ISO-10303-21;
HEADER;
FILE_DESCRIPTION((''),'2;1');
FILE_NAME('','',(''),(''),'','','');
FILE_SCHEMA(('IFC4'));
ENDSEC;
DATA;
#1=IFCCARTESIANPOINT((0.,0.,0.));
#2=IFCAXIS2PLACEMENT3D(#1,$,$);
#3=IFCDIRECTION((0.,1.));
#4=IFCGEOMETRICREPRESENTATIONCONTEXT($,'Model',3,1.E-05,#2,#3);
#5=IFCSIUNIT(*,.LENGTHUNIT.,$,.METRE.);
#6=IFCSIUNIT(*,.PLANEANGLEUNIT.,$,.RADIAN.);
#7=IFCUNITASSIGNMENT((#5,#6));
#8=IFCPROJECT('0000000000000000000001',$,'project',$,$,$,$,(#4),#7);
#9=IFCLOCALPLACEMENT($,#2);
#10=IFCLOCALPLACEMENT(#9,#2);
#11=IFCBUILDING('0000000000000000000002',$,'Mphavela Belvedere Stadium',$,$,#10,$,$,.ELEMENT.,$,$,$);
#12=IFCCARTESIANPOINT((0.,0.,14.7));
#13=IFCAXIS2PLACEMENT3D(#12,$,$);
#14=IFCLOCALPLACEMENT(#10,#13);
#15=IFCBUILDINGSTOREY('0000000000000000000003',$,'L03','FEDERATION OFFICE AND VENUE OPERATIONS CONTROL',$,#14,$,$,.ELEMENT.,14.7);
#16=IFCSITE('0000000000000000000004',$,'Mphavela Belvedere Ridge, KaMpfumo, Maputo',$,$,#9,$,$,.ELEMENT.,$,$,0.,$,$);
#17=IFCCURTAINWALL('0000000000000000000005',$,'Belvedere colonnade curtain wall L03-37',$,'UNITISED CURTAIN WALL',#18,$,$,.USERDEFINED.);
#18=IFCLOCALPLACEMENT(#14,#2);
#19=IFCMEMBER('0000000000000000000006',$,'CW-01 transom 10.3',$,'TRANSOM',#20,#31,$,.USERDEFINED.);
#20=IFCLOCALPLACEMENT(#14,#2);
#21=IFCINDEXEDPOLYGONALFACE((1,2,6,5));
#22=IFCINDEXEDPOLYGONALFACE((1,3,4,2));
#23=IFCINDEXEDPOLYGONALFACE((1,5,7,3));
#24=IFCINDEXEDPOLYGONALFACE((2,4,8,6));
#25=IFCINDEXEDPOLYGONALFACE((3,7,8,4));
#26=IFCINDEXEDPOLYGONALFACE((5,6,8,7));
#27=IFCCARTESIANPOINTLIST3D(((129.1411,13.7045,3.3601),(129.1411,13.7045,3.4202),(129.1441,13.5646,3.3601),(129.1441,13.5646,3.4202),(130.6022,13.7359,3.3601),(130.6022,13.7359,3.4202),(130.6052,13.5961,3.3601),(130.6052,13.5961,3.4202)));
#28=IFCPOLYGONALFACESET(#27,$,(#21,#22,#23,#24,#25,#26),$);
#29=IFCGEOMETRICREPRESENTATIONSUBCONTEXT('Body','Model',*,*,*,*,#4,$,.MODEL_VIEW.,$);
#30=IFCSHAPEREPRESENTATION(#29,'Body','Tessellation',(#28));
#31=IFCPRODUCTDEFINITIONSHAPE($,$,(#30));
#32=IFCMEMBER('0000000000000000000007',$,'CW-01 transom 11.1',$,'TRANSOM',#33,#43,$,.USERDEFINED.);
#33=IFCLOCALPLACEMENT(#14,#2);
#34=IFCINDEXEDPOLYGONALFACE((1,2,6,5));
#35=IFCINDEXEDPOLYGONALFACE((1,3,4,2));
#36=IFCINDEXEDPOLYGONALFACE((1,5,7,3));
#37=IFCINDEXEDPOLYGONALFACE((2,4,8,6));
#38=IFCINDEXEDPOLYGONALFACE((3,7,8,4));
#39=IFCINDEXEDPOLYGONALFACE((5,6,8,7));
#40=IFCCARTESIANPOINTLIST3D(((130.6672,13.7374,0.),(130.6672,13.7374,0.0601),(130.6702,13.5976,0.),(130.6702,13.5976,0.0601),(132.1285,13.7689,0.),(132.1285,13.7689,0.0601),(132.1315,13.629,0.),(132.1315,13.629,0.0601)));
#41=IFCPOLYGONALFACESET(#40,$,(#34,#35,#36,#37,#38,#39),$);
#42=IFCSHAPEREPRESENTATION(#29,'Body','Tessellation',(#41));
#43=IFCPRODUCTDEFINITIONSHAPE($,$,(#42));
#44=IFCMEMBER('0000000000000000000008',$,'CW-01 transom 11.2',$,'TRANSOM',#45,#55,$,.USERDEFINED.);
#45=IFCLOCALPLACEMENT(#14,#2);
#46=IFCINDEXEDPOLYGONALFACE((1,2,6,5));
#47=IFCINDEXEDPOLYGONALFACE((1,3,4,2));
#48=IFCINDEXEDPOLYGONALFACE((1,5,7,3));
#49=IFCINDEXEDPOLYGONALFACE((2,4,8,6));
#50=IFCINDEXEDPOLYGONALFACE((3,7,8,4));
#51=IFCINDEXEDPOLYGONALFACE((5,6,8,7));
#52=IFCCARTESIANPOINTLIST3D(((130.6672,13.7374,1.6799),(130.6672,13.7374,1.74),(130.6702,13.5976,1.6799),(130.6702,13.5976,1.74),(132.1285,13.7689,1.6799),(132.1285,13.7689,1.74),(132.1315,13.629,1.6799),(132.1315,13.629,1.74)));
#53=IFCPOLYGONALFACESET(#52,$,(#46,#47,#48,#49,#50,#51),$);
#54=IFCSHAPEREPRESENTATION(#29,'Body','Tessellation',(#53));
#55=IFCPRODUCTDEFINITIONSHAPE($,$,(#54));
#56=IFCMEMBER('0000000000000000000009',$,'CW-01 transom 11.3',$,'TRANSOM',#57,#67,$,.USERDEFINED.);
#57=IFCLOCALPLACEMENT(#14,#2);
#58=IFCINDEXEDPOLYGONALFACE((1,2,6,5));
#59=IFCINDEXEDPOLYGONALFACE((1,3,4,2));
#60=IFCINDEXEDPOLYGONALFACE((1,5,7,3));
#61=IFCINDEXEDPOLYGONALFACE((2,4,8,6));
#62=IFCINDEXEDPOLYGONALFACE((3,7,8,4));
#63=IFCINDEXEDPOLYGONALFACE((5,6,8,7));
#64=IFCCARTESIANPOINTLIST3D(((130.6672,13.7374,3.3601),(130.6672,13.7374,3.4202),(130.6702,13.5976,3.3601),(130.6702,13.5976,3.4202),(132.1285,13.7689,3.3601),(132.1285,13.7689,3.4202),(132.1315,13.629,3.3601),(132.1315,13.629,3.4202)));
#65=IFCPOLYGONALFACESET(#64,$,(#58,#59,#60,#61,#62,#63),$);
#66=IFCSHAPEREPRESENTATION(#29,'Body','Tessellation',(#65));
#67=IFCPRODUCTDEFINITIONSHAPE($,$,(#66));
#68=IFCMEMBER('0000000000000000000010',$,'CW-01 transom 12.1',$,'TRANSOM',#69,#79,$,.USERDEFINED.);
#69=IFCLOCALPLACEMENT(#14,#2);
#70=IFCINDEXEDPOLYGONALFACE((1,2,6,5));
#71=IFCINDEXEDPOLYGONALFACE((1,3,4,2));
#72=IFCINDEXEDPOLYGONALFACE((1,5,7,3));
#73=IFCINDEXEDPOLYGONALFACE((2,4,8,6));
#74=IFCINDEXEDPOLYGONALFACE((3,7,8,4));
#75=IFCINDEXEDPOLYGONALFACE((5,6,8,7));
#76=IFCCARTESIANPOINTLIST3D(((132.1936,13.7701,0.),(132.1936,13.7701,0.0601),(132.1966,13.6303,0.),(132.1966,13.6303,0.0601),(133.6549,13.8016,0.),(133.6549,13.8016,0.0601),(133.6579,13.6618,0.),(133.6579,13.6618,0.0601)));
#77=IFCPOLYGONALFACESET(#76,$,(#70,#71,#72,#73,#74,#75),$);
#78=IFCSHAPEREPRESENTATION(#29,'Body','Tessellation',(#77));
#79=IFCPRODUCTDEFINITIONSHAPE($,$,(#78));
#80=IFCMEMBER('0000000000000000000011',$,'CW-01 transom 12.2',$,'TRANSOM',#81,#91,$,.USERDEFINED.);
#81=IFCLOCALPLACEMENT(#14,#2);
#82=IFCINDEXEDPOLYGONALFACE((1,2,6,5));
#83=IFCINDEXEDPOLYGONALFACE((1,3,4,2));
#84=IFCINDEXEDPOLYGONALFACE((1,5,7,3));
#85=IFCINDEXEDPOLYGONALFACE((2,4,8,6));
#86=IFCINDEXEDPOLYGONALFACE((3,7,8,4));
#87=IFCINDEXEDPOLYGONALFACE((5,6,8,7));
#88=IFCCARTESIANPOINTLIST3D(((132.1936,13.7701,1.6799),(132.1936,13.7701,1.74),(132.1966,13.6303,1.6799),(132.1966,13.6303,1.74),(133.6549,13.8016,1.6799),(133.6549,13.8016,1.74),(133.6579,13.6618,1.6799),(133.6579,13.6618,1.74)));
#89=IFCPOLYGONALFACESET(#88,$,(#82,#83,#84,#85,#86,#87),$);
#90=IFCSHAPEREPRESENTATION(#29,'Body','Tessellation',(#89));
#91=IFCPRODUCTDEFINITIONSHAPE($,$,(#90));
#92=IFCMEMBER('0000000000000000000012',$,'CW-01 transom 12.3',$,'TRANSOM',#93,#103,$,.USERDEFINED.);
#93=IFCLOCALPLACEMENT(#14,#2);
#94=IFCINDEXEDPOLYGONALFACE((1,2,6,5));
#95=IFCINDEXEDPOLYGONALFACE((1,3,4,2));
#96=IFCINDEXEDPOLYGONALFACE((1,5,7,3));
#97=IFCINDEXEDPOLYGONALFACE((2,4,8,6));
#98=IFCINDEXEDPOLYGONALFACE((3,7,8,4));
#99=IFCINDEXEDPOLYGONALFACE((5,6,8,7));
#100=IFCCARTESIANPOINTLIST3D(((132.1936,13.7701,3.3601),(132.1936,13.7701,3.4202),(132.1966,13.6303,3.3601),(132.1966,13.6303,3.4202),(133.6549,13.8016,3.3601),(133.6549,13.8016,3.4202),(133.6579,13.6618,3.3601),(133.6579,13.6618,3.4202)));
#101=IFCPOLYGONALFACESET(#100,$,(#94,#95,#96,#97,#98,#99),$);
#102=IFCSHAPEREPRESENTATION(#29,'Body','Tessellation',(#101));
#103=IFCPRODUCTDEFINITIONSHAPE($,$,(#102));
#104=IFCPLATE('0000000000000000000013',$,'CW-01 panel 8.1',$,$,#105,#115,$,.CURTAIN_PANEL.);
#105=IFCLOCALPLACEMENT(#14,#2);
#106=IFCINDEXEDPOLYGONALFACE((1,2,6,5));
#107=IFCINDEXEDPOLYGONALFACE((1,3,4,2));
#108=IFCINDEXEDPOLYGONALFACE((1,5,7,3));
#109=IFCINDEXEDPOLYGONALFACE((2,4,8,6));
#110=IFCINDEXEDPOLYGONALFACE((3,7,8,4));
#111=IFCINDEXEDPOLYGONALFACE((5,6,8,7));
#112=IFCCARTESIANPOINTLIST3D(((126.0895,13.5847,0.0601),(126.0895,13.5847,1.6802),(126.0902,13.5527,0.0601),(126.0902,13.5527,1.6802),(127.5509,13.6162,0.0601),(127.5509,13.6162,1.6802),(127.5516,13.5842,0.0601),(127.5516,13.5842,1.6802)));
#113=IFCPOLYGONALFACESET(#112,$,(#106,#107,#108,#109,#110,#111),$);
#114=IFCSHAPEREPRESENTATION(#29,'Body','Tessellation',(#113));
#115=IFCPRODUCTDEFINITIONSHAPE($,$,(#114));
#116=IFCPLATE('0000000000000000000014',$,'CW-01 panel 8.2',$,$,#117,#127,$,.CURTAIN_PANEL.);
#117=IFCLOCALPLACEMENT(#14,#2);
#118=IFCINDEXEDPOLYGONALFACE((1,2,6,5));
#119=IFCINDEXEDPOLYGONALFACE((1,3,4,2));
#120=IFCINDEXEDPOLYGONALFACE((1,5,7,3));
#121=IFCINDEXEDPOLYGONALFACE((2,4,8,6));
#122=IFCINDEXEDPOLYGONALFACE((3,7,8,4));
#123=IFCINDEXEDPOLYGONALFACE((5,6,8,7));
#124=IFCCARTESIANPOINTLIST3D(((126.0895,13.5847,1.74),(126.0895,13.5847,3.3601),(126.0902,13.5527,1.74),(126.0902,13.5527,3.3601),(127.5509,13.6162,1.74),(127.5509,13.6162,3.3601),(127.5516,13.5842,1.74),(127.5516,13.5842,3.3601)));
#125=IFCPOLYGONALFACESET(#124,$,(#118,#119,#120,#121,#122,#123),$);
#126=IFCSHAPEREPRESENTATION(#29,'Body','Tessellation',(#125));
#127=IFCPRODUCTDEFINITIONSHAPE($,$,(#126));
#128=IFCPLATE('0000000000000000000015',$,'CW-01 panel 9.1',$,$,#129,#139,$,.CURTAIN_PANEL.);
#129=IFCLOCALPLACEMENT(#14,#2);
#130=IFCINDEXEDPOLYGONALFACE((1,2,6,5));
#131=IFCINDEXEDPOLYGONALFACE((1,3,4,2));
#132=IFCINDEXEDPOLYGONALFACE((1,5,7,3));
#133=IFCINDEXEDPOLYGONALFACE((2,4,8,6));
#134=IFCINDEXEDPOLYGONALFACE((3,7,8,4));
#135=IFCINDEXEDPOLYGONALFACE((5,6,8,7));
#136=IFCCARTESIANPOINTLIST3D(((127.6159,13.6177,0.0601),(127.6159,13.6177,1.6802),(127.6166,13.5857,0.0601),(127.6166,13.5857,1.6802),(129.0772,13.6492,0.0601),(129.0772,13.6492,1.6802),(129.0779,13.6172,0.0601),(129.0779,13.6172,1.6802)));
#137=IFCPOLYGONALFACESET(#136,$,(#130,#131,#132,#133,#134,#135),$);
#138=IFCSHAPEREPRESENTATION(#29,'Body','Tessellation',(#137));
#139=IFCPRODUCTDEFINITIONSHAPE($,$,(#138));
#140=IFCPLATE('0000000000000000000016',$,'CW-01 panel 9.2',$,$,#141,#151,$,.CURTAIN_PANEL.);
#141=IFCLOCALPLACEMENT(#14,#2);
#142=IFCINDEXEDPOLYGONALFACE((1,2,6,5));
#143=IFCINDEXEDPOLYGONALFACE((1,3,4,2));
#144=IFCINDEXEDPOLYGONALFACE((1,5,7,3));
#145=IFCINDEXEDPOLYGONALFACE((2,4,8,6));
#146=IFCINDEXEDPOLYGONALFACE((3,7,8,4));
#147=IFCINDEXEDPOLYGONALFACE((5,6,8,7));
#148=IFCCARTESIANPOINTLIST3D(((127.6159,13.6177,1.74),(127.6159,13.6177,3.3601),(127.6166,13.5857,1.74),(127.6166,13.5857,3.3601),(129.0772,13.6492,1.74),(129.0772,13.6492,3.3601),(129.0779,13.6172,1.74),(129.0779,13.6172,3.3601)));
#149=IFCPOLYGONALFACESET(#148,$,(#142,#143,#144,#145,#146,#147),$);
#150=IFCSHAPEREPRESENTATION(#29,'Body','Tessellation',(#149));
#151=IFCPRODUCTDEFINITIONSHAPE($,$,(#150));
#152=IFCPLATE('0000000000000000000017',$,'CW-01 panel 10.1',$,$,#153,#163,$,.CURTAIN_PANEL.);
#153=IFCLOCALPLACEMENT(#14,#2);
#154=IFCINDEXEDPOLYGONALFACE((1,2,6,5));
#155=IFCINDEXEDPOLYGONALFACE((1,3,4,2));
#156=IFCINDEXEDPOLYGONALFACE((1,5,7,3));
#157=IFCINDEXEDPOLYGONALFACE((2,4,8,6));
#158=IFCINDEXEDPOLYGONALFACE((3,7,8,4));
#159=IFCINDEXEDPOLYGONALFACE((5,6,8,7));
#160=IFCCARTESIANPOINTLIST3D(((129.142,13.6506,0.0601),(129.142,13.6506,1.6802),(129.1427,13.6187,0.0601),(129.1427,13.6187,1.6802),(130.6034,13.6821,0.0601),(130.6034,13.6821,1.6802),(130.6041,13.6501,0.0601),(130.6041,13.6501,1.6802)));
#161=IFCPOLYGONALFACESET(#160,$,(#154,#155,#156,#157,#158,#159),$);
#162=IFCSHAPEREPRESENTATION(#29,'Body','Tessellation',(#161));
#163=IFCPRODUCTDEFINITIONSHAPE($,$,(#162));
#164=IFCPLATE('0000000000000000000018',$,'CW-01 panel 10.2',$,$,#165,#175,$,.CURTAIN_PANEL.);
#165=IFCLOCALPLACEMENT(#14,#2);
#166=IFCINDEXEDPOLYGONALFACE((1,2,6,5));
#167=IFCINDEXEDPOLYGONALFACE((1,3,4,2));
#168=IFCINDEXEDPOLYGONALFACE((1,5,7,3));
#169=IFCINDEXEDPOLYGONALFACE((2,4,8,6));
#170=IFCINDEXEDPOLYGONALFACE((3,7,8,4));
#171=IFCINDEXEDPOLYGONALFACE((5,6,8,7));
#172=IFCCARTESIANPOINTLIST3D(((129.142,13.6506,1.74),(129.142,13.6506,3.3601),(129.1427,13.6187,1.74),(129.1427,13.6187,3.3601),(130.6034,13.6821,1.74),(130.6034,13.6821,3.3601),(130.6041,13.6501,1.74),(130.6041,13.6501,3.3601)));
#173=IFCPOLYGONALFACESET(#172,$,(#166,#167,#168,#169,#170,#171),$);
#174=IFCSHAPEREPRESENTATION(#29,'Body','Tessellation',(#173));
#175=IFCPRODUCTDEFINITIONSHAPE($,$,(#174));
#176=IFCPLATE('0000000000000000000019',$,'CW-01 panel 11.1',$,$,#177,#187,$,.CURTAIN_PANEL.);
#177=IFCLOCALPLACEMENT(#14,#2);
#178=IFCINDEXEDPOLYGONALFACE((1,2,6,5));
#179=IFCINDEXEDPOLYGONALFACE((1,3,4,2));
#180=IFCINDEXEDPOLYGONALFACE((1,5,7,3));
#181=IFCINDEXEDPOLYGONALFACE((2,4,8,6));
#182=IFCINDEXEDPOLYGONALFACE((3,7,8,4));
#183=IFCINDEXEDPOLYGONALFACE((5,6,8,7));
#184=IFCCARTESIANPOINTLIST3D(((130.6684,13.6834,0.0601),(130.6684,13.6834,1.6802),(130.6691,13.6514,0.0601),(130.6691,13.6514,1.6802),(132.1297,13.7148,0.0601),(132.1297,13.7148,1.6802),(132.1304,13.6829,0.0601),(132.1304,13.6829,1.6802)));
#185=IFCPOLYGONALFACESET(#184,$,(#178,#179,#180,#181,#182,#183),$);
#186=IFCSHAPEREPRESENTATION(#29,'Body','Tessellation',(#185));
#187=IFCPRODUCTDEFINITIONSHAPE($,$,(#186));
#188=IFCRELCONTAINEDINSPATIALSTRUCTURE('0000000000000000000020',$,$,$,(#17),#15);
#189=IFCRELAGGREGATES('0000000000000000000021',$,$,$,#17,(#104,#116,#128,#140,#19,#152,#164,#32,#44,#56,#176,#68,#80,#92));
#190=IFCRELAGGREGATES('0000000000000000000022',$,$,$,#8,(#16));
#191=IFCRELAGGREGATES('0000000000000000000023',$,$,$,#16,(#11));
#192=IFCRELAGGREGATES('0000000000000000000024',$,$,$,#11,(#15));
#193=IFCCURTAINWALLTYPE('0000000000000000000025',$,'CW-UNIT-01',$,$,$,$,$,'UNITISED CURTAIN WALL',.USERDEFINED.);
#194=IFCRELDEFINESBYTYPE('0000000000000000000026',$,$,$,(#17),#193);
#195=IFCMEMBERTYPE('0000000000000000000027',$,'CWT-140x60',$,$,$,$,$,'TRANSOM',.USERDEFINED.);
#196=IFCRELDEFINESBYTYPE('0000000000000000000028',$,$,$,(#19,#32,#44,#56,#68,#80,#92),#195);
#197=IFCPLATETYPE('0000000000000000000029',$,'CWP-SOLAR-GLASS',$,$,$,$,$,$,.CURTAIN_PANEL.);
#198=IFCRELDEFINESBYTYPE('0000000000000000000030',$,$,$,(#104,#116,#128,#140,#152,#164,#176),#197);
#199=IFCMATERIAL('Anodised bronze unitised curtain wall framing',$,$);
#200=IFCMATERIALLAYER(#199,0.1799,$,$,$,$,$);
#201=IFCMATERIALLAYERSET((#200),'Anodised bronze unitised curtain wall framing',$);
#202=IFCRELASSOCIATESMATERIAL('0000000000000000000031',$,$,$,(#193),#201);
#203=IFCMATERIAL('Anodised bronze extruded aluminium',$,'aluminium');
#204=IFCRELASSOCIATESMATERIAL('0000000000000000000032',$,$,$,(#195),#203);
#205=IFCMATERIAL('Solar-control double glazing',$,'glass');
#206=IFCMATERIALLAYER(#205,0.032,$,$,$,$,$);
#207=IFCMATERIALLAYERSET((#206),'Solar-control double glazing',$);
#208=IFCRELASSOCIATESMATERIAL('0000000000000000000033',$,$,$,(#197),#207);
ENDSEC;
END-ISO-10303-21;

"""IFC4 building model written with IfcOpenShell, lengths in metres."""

from ifc_helpers import new_model, si_unit, direction, frame, origin, origin_2d, place, context, subcontext, project, spatial, rectangle, extrude, material, layer, layer_set, material_profile, profile_set, type_object, element, aggregate, save


model = new_model("IFC4")

# Units and contexts
model_context = context("Model", 3, precision=1e-05, world=origin(), true_north=direction((0.0, 1.0)))
body_context = subcontext(model_context, "Body", "Model", "MODEL_VIEW")
ifc_project = project(units=[si_unit("LENGTHUNIT", "METRE"), si_unit("PLANEANGLEUNIT", "RADIAN")], contexts=[model_context])

# Site, building, storey
site_placement = place(None, origin())
site = spatial("IfcSite", under=ifc_project, at=site_placement, Name="Mphavela Belvedere Ridge, KaMpfumo, Maputo", CompositionType="ELEMENT", RefElevation=0.0)
building_placement = place(site_placement, origin())
building = spatial("IfcBuilding", under=site, at=building_placement, Name="Mphavela Belvedere Stadium", CompositionType="ELEMENT")
storey_placement = place(building_placement, frame((0.0, 0.0, 14.7)))
storey = spatial("IfcBuildingStorey", under=building, at=storey_placement, Name="L03", Description="FEDERATION OFFICE AND VENUE OPERATIONS CONTROL", CompositionType="ELEMENT", Elevation=14.7)

# Curtain wall, members, plates
ifc_material_1 = material(Name="Anodised bronze unitised curtain wall framing")
ifc_layer_1 = layer(ifc_material_1, 0.1799)
ifc_layer_set_1 = layer_set([ifc_layer_1], Name="Anodised bronze unitised curtain wall framing")
curtain_wall_type = type_object("IfcCurtainWallType", Name="CW-UNIT-01", ElementType="UNITISED CURTAIN WALL", PredefinedType="USERDEFINED", material=ifc_layer_set_1)
curtain_wall_placement = place(storey_placement, origin())
curtain_wall = element("IfcCurtainWall", 1, at=curtain_wall_placement, inside=storey, type_object=curtain_wall_type, Name="Belvedere colonnade curtain wall L03-37", ObjectType="UNITISED CURTAIN WALL", PredefinedType="USERDEFINED")
ifc_material_2 = material(Name="Anodised bronze extruded aluminium", Category="aluminium")
ifc_material_profile_1 = material_profile(ifc_material_2, rectangle(XDim=0.1399, YDim=0.0601, at=origin_2d()), Name="CW-TRN 140x60")
ifc_profile_set_1 = profile_set([ifc_material_profile_1], Name="Anodised bronze extruded aluminium")
member_type_1 = type_object("IfcMemberType", Name="CWT-140x60", ElementType="TRANSOM", PredefinedType="USERDEFINED", material=ifc_profile_set_1)
member_1_placement = place(storey_placement, frame((129.1426, 13.6345, 3.3901), z_axis=(0.999768, 0.021549, 0.0), x_axis=(-0.021549, 0.999768, 0.0)))
member_1 = element("IfcMember", 2, at=member_1_placement, type_object=member_type_1, Name="CW-01 transom 10.3", ObjectType="TRANSOM", PredefinedType="USERDEFINED", context=body_context, shape_type="SweptSolid", body=[
    extrude(rectangle(XDim=0.1399, YDim=0.0601, at=origin_2d()), origin(), (0.0, 0.0, 1.0), 1.4614),
])
member_2_placement = place(storey_placement, frame((130.6687, 13.6675, 0.03), z_axis=(0.999768, 0.021545, 0.0), x_axis=(-0.021545, 0.999768, 0.0)))
member_2 = element("IfcMember", 3, at=member_2_placement, type_object=member_type_1, Name="CW-01 transom 11.1", ObjectType="TRANSOM", PredefinedType="USERDEFINED", context=body_context, shape_type="SweptSolid", body=[
    extrude(rectangle(XDim=0.1399, YDim=0.0601, at=origin_2d()), origin(), (0.0, 0.0, 1.0), 1.4617),
])
member_3_placement = place(storey_placement, frame((130.6687, 13.6675, 1.71), z_axis=(0.999768, 0.021545, 0.0), x_axis=(-0.021545, 0.999768, 0.0)))
member_3 = element("IfcMember", 4, at=member_3_placement, type_object=member_type_1, Name="CW-01 transom 11.2", ObjectType="TRANSOM", PredefinedType="USERDEFINED", context=body_context, shape_type="SweptSolid", body=[
    extrude(rectangle(XDim=0.1399, YDim=0.0601, at=origin_2d()), origin(), (0.0, 0.0, 1.0), 1.4617),
])
member_4_placement = place(storey_placement, frame((130.6687, 13.6675, 3.3901), z_axis=(0.999768, 0.021545, 0.0), x_axis=(-0.021545, 0.999768, 0.0)))
member_4 = element("IfcMember", 5, at=member_4_placement, type_object=member_type_1, Name="CW-01 transom 11.3", ObjectType="TRANSOM", PredefinedType="USERDEFINED", context=body_context, shape_type="SweptSolid", body=[
    extrude(rectangle(XDim=0.1399, YDim=0.0601, at=origin_2d()), origin(), (0.0, 0.0, 1.0), 1.4617),
])
member_5_placement = place(storey_placement, frame((132.1951, 13.7002, 0.03), z_axis=(0.999768, 0.021545, 0.0), x_axis=(-0.021545, 0.999768, 0.0)))
member_5 = element("IfcMember", 6, at=member_5_placement, type_object=member_type_1, Name="CW-01 transom 12.1", ObjectType="TRANSOM", PredefinedType="USERDEFINED", context=body_context, shape_type="SweptSolid", body=[
    extrude(rectangle(XDim=0.1399, YDim=0.0601, at=origin_2d()), origin(), (0.0, 0.0, 1.0), 1.4617),
])
member_6_placement = place(storey_placement, frame((132.1951, 13.7002, 1.71), z_axis=(0.999768, 0.021545, 0.0), x_axis=(-0.021545, 0.999768, 0.0)))
member_6 = element("IfcMember", 7, at=member_6_placement, type_object=member_type_1, Name="CW-01 transom 12.2", ObjectType="TRANSOM", PredefinedType="USERDEFINED", context=body_context, shape_type="SweptSolid", body=[
    extrude(rectangle(XDim=0.1399, YDim=0.0601, at=origin_2d()), origin(), (0.0, 0.0, 1.0), 1.4617),
])
member_7_placement = place(storey_placement, frame((132.1951, 13.7002, 3.3901), z_axis=(0.999768, 0.021545, 0.0), x_axis=(-0.021545, 0.999768, 0.0)))
member_7 = element("IfcMember", 8, at=member_7_placement, type_object=member_type_1, Name="CW-01 transom 12.3", ObjectType="TRANSOM", PredefinedType="USERDEFINED", context=body_context, shape_type="SweptSolid", body=[
    extrude(rectangle(XDim=0.1399, YDim=0.0601, at=origin_2d()), origin(), (0.0, 0.0, 1.0), 1.4617),
])
ifc_material_3 = material(Name="Solar-control double glazing", Category="glass")
ifc_layer_2 = layer(ifc_material_3, 0.032)
ifc_layer_set_2 = layer_set([ifc_layer_2], Name="Solar-control double glazing")
plate_type = type_object("IfcPlateType", Name="CWP-SOLAR-GLASS", PredefinedType="CURTAIN_PANEL", material=ifc_layer_set_2)
plate_1_placement = place(storey_placement, frame((126.8206, 13.5845, 0.0601), z_axis=(0.0, 0.0, 1.0), x_axis=(0.999768, 0.021531, 0.0)))
plate_1 = element("IfcPlate", 9, at=plate_1_placement, type_object=plate_type, Name="CW-01 panel 8.1", PredefinedType="CURTAIN_PANEL", context=body_context, shape_type="SweptSolid", body=[
    extrude(rectangle(XDim=1.4617, YDim=0.032, at=origin_2d()), origin(), (0.0, 0.0, 1.0), 1.6201),
])
plate_2_placement = place(storey_placement, frame((126.8206, 13.5845, 1.74), z_axis=(0.0, 0.0, 1.0), x_axis=(0.999768, 0.021531, 0.0)))
plate_2 = element("IfcPlate", 10, at=plate_2_placement, type_object=plate_type, Name="CW-01 panel 8.2", PredefinedType="CURTAIN_PANEL", context=body_context, shape_type="SweptSolid", body=[
    extrude(rectangle(XDim=1.4617, YDim=0.032, at=origin_2d()), origin(), (0.0, 0.0, 1.0), 1.6201),
])
plate_3_placement = place(storey_placement, frame((128.3469, 13.6174, 0.0601), z_axis=(0.0, 0.0, 1.0), x_axis=(0.999768, 0.021531, 0.0)))
plate_3 = element("IfcPlate", 11, at=plate_3_placement, type_object=plate_type, Name="CW-01 panel 9.1", PredefinedType="CURTAIN_PANEL", context=body_context, shape_type="SweptSolid", body=[
    extrude(rectangle(XDim=1.4617, YDim=0.032, at=origin_2d()), origin(), (0.0, 0.0, 1.0), 1.6201),
])
plate_4_placement = place(storey_placement, frame((128.3469, 13.6174, 1.74), z_axis=(0.0, 0.0, 1.0), x_axis=(0.999768, 0.021531, 0.0)))
plate_4 = element("IfcPlate", 12, at=plate_4_placement, type_object=plate_type, Name="CW-01 panel 9.2", PredefinedType="CURTAIN_PANEL", context=body_context, shape_type="SweptSolid", body=[
    extrude(rectangle(XDim=1.4617, YDim=0.032, at=origin_2d()), origin(), (0.0, 0.0, 1.0), 1.6201),
])
plate_5_placement = place(storey_placement, frame((129.873, 13.6504, 0.0601), z_axis=(0.0, 0.0, 1.0), x_axis=(0.999768, 0.021531, 0.0)))
plate_5 = element("IfcPlate", 13, at=plate_5_placement, type_object=plate_type, Name="CW-01 panel 10.1", PredefinedType="CURTAIN_PANEL", context=body_context, shape_type="SweptSolid", body=[
    extrude(rectangle(XDim=1.4617, YDim=0.032, at=origin_2d()), origin(), (0.0, 0.0, 1.0), 1.6201),
])
plate_6_placement = place(storey_placement, frame((129.873, 13.6504, 1.74), z_axis=(0.0, 0.0, 1.0), x_axis=(0.999768, 0.021531, 0.0)))
plate_6 = element("IfcPlate", 14, at=plate_6_placement, type_object=plate_type, Name="CW-01 panel 10.2", PredefinedType="CURTAIN_PANEL", context=body_context, shape_type="SweptSolid", body=[
    extrude(rectangle(XDim=1.4617, YDim=0.032, at=origin_2d()), origin(), (0.0, 0.0, 1.0), 1.6201),
])
plate_7_placement = place(storey_placement, frame((131.3994, 13.6831, 0.0601), z_axis=(0.0, 0.0, 1.0), x_axis=(0.999768, 0.021531, 0.0)))
plate_7 = element("IfcPlate", 15, at=plate_7_placement, type_object=plate_type, Name="CW-01 panel 11.1", PredefinedType="CURTAIN_PANEL", context=body_context, shape_type="SweptSolid", body=[
    extrude(rectangle(XDim=1.4617, YDim=0.032, at=origin_2d()), origin(), (0.0, 0.0, 1.0), 1.6201),
])
aggregate(curtain_wall, [plate_1, plate_2, plate_3, plate_4, member_1, plate_5, plate_6, member_2, member_3, member_4, plate_7, member_5, member_6, member_7])

save(model, "model.ifc")
